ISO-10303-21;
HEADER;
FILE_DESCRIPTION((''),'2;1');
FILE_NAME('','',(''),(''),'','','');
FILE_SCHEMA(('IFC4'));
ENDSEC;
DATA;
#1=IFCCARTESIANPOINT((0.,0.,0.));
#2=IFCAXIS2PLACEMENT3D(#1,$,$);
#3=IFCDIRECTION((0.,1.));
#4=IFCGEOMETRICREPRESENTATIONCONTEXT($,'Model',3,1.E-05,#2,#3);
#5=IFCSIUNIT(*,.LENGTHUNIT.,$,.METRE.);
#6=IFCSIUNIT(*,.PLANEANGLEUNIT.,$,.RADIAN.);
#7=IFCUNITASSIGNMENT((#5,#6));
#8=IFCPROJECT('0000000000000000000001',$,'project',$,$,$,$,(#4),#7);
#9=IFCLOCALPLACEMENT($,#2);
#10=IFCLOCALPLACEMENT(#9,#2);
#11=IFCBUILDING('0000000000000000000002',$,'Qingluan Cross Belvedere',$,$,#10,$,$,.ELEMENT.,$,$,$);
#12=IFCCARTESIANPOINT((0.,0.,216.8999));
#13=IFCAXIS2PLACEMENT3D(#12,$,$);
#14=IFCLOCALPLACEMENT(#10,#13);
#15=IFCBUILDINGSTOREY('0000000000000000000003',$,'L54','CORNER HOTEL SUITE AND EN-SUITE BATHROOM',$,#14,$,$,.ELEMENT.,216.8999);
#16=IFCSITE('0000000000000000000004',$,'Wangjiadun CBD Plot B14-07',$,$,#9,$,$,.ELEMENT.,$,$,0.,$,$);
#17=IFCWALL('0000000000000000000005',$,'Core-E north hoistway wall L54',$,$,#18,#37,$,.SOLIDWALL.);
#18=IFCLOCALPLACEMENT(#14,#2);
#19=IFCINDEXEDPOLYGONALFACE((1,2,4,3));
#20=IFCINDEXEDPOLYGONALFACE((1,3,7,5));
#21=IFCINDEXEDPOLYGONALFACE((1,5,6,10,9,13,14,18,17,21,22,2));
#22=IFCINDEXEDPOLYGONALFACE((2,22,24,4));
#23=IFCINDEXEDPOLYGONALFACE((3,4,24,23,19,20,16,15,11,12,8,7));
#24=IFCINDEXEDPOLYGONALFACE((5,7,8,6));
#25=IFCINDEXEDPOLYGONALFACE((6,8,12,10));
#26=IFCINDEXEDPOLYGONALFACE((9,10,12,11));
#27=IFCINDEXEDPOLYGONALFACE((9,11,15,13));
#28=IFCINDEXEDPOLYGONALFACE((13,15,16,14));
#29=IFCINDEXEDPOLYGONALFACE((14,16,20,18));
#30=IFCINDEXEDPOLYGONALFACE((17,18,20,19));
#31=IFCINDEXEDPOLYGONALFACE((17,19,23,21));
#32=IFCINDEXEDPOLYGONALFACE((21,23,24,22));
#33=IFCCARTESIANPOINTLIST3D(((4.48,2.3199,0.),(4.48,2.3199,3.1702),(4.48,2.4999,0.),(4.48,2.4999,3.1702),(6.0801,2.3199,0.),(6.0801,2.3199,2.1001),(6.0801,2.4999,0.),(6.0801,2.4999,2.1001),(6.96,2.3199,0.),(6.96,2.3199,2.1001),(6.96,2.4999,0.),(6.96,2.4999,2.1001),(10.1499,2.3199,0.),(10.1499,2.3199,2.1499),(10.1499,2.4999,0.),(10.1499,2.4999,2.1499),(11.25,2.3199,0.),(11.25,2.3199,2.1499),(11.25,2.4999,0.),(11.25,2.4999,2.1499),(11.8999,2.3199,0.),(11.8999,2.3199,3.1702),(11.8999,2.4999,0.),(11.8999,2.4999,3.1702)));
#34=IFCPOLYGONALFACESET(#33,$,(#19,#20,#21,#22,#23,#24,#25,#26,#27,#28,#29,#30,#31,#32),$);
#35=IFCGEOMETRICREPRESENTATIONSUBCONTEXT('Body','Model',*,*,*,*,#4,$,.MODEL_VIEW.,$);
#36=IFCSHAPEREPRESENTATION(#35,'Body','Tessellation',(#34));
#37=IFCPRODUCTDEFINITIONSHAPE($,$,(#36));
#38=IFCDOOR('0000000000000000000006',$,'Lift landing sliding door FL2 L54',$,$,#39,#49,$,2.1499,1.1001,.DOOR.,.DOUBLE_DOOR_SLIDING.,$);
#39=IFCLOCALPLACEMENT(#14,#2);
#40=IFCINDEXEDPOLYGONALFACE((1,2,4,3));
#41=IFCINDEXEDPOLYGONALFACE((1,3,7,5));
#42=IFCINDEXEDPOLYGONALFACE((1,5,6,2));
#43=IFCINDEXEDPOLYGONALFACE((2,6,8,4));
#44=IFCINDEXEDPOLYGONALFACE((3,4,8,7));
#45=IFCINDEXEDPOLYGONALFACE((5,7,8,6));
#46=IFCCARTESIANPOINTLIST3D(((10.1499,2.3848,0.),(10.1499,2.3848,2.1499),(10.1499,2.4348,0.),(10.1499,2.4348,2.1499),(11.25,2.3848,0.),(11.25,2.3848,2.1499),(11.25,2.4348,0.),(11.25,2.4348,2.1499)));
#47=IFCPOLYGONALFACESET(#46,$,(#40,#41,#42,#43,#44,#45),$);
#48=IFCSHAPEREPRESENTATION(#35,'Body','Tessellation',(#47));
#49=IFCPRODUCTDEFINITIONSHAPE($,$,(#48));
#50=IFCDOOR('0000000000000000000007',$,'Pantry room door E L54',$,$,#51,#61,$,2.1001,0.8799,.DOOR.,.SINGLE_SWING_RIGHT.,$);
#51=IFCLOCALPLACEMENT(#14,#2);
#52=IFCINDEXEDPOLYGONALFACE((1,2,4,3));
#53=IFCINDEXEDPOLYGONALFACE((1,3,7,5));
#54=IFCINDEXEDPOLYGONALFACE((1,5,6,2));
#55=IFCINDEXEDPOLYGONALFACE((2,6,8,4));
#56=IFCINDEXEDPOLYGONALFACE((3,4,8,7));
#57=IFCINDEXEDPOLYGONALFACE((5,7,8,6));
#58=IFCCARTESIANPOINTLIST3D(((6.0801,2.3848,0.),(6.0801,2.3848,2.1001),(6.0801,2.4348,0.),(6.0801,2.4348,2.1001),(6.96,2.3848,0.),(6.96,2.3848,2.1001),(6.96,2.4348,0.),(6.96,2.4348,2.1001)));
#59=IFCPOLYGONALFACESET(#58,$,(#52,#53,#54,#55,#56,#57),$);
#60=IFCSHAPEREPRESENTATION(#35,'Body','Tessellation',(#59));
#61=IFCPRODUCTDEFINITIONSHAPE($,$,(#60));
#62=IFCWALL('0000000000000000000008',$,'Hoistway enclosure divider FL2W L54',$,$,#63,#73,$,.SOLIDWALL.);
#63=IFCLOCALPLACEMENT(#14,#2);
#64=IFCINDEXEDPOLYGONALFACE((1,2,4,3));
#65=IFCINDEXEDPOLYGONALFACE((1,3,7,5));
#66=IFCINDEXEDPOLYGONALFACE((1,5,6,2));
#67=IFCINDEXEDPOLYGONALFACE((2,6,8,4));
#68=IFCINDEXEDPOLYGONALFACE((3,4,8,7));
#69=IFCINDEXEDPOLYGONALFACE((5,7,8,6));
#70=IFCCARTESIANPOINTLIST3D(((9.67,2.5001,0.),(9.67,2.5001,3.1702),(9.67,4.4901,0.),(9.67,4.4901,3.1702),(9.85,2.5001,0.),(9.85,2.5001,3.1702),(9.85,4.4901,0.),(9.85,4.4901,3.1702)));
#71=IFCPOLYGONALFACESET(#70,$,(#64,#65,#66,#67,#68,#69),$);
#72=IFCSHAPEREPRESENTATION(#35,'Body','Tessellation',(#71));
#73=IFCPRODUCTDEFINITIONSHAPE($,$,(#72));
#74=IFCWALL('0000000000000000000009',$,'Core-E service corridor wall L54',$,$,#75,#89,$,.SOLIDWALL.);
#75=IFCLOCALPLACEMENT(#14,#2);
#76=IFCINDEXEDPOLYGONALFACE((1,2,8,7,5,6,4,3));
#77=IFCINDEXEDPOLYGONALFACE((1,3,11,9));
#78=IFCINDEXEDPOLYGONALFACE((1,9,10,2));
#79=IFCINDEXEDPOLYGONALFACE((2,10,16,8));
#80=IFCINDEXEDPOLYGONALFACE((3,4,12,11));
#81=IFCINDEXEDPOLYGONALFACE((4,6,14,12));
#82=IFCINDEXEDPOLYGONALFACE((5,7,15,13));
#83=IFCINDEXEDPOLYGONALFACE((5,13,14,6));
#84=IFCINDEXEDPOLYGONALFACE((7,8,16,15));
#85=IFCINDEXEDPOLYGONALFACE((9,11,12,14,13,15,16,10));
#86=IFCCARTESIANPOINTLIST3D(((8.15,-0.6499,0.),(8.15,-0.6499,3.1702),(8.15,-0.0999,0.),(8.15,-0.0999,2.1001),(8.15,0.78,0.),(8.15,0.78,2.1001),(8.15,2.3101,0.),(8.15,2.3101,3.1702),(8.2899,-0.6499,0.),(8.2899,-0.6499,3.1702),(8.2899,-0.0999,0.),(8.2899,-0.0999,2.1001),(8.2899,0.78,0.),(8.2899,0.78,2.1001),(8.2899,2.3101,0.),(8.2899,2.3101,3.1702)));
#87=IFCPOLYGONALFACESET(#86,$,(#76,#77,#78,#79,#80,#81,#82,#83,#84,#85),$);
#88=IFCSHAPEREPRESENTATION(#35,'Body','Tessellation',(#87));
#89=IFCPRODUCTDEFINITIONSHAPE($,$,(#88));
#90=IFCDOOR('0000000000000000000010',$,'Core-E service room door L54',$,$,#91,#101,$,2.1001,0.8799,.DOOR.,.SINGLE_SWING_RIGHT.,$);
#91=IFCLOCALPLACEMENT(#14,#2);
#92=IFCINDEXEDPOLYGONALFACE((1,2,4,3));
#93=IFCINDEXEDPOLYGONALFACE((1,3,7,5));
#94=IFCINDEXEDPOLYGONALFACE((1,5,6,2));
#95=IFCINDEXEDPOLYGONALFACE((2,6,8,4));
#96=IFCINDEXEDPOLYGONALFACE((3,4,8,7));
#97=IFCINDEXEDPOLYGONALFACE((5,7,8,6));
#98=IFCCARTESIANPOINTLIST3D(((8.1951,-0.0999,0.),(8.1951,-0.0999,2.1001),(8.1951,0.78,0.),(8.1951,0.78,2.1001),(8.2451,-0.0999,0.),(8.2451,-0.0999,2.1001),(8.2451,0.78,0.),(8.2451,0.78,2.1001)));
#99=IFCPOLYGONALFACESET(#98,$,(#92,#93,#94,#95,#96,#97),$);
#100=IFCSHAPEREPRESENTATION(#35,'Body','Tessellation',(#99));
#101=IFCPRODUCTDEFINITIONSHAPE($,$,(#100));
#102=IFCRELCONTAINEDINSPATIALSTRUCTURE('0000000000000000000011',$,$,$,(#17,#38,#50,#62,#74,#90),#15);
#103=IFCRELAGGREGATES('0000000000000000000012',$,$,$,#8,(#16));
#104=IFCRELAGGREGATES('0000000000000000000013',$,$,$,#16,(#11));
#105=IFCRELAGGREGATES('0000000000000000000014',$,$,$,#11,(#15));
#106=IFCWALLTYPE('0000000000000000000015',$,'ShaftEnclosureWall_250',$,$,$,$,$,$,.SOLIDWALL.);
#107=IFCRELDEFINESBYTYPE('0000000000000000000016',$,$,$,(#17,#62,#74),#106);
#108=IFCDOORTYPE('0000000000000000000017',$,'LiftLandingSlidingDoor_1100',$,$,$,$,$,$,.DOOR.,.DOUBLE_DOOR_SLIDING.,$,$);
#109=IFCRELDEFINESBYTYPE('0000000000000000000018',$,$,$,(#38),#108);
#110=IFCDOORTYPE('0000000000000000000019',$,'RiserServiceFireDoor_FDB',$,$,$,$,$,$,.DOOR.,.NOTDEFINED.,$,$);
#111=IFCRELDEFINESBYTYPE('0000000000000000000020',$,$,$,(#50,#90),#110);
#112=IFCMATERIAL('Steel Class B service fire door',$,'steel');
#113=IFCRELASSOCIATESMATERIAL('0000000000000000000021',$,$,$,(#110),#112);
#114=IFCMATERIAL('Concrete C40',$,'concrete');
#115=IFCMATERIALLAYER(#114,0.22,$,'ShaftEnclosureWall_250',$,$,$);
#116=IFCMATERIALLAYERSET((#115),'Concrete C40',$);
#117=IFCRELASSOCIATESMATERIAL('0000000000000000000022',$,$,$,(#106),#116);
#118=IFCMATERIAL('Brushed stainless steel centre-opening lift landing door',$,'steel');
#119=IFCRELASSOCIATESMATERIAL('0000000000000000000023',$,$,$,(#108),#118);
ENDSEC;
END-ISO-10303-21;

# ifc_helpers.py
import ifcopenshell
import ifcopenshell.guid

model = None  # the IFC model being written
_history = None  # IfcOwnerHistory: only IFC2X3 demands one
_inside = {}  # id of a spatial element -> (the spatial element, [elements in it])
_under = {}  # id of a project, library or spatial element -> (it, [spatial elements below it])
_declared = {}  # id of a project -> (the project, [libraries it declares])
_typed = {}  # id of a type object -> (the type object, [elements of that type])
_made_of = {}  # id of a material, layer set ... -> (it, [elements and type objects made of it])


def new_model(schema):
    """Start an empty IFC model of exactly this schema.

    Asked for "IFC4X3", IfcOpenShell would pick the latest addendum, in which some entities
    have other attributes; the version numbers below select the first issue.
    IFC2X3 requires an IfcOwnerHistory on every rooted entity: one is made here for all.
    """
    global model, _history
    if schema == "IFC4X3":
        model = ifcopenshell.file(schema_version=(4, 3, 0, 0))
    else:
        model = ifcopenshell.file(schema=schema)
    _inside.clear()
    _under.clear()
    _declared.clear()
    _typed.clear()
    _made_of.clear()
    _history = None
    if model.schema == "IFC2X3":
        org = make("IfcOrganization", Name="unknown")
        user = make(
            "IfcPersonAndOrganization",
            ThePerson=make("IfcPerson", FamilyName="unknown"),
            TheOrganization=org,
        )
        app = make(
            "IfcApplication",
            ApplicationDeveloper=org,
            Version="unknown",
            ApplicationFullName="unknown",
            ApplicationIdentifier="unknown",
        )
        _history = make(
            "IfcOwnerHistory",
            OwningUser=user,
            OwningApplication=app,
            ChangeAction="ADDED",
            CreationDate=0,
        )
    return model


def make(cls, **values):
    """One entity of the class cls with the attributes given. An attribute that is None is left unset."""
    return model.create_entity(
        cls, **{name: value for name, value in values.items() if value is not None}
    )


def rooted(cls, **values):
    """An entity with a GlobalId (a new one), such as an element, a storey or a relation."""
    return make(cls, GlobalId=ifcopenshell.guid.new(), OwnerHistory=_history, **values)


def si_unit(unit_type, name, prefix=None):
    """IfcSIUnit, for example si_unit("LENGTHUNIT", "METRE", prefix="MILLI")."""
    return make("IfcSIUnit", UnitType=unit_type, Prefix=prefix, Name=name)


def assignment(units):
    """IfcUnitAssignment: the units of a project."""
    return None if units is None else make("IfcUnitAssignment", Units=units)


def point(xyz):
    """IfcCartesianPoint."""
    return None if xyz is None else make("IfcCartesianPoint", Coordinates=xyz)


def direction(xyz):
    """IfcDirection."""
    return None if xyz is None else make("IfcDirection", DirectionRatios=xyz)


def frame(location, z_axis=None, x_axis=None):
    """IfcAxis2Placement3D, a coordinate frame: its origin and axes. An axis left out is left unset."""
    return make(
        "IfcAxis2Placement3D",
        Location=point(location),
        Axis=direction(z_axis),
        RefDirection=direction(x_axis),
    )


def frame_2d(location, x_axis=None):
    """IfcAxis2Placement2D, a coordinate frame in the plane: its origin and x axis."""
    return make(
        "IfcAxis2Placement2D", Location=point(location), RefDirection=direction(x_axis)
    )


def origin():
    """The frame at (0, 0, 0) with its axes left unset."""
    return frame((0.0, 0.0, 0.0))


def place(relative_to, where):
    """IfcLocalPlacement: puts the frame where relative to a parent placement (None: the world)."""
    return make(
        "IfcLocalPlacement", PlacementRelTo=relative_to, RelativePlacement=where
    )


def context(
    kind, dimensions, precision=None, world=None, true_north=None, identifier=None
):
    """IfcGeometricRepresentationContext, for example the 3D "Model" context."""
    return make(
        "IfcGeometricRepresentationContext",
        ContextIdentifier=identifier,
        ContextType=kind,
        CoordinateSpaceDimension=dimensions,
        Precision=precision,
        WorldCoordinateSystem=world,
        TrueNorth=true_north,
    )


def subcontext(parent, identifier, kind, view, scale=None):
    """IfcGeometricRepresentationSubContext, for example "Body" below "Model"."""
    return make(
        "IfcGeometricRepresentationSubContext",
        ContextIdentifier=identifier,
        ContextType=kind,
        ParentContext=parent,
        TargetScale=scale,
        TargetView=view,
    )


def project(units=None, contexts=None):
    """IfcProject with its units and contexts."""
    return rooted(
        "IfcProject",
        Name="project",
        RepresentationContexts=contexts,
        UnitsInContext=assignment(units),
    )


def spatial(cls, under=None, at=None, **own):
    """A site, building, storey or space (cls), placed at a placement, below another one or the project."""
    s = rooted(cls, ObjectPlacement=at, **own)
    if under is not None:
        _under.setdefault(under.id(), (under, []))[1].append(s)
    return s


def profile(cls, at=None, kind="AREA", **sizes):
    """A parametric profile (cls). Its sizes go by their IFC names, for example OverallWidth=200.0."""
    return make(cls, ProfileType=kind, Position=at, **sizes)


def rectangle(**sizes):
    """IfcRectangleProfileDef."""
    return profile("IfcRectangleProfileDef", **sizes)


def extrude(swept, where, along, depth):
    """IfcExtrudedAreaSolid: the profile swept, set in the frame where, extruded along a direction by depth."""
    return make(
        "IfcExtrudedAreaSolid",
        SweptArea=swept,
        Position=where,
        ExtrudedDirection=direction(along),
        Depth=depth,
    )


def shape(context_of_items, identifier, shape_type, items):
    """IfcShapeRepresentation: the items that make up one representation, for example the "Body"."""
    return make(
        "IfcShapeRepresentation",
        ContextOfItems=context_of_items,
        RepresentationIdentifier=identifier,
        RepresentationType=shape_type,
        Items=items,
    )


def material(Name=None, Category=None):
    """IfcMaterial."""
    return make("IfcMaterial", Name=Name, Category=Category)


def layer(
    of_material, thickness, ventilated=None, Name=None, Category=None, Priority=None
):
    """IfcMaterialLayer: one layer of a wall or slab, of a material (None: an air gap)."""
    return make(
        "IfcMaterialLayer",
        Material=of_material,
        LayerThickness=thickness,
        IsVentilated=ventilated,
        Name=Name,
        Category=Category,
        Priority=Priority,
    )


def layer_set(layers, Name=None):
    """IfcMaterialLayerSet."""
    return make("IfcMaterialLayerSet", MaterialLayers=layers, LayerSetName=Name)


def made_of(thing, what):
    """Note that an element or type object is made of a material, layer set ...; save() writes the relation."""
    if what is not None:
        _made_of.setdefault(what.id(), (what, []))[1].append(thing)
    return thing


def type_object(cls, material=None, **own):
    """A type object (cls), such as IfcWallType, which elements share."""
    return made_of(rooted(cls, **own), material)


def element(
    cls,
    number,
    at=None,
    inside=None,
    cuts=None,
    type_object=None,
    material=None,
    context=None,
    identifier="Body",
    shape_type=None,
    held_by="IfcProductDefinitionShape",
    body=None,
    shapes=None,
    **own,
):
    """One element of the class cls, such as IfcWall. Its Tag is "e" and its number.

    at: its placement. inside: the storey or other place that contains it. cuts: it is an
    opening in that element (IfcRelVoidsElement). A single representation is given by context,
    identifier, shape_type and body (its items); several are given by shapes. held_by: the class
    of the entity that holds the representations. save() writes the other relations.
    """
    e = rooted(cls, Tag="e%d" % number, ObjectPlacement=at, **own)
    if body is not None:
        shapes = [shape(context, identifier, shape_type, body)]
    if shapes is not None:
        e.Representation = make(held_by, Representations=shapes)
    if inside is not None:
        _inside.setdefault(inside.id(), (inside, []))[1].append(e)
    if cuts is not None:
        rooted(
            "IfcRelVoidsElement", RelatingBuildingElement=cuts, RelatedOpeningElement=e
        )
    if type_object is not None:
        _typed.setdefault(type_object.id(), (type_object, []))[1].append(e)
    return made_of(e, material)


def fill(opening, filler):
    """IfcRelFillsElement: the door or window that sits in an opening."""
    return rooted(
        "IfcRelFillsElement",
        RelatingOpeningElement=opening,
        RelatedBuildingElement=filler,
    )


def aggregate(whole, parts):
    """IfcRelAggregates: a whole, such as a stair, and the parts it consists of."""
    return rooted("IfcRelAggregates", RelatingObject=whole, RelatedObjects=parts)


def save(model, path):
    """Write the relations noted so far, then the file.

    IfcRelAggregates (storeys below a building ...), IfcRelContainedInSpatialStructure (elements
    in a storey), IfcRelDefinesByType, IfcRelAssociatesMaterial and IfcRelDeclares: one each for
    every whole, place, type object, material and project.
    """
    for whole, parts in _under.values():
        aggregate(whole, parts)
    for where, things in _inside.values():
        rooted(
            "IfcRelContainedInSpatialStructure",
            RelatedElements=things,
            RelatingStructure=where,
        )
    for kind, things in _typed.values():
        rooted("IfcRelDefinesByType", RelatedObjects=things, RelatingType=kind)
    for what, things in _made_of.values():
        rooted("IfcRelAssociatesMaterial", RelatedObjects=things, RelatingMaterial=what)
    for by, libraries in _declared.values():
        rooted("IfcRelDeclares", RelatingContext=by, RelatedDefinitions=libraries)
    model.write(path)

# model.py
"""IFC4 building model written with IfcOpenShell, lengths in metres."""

from ifc_helpers import new_model, si_unit, direction, frame, frame_2d, origin, place, context, subcontext, project, spatial, rectangle, extrude, material, layer, layer_set, type_object, element, fill, save


model = new_model("IFC4")

# Units and contexts
model_context = context("Model", 3, precision=1e-05, world=origin(), true_north=direction((0.0, 1.0)))
body_context = subcontext(model_context, "Body", "Model", "MODEL_VIEW")
ifc_project = project(units=[si_unit("LENGTHUNIT", "METRE"), si_unit("PLANEANGLEUNIT", "RADIAN")], contexts=[model_context])

# Site, building, storey
site_placement = place(None, origin())
site = spatial("IfcSite", under=ifc_project, at=site_placement, Name="Wangjiadun CBD Plot B14-07", CompositionType="ELEMENT", RefElevation=0.0)
building_placement = place(site_placement, origin())
building = spatial("IfcBuilding", under=site, at=building_placement, Name="Qingluan Cross Belvedere", CompositionType="ELEMENT")
storey_placement = place(building_placement, frame((0.0, 0.0, 216.8999)))
storey = spatial("IfcBuildingStorey", under=building, at=storey_placement, Name="L54", Description="CORNER HOTEL SUITE AND EN-SUITE BATHROOM", CompositionType="ELEMENT", Elevation=216.8999)

# Shared definitions
ifc_material_1 = material(Name="Steel Class B service fire door", Category="steel")
door_type_1 = type_object("IfcDoorType", Name="RiserServiceFireDoor_FDB", OperationType="NOTDEFINED", PredefinedType="DOOR", material=ifc_material_1)

# Wall, openings, doors
ifc_material_2 = material(Name="Concrete C40", Category="concrete")
ifc_layer_1 = layer(ifc_material_2, 0.22, Name="ShaftEnclosureWall_250")
ifc_layer_set_1 = layer_set([ifc_layer_1], Name="Concrete C40")
wall_type_1 = type_object("IfcWallType", Name="ShaftEnclosureWall_250", PredefinedType="SOLIDWALL", material=ifc_layer_set_1)
wall_1_placement = place(storey_placement, frame((4.48, 2.4099, 0.0), z_axis=(0.0, 0.0, 1.0), x_axis=(1.0, 0.0, 0.0)))
wall_1 = element("IfcWall", 1, at=wall_1_placement, inside=storey, type_object=wall_type_1, Name="Core-E north hoistway wall L54", PredefinedType="SOLIDWALL", context=body_context, shape_type="SweptSolid", body=[
    extrude(rectangle(XDim=7.4199, YDim=0.1799, at=frame_2d((3.71, 0.0))), origin(), (0.0, 0.0, 1.0), 3.1702),
])
opening_1_placement = place(wall_1_placement, frame((5.6699, 0.0, 0.0)))
opening_1 = element("IfcOpeningElement", 2, at=opening_1_placement, cuts=wall_1, PredefinedType="OPENING", context=body_context, shape_type="SweptSolid", body=[
    extrude(rectangle(XDim=1.1001, YDim=2.1499, at=frame_2d((0.55, 1.075))), frame((0.0, 0.0999, 0.0), z_axis=(0.0, -1.0, 0.0), x_axis=(1.0, 0.0, 0.0)), (0.0, 0.0, 1.0), 0.2),
])
opening_2_placement = place(wall_1_placement, frame((1.6001, 0.0, 0.0)))
opening_2 = element("IfcOpeningElement", 3, at=opening_2_placement, cuts=wall_1, PredefinedType="OPENING", context=body_context, shape_type="SweptSolid", body=[
    extrude(rectangle(XDim=0.8799, YDim=2.1001, at=frame_2d((0.4399, 1.05))), frame((0.0, 0.0999, 0.0), z_axis=(0.0, -1.0, 0.0), x_axis=(1.0, 0.0, 0.0)), (0.0, 0.0, 1.0), 0.2),
])
ifc_material_3 = material(Name="Brushed stainless steel centre-opening lift landing door", Category="steel")
door_type_2 = type_object("IfcDoorType", Name="LiftLandingSlidingDoor_1100", OperationType="DOUBLE_DOOR_SLIDING", PredefinedType="DOOR", material=ifc_material_3)
door_1_placement = place(opening_1_placement, origin())
door_1 = element("IfcDoor", 4, at=door_1_placement, inside=storey, type_object=door_type_2, Name="Lift landing sliding door FL2 L54", OperationType="DOUBLE_DOOR_SLIDING", OverallHeight=2.1499, OverallWidth=1.1001, PredefinedType="DOOR", context=body_context, shape_type="SweptSolid", body=[
    extrude(rectangle(XDim=1.1001, YDim=2.1499, at=frame_2d((0.55, 1.075))), frame((0.0, 0.0249, 0.0), z_axis=(0.0, -1.0, 0.0), x_axis=(1.0, 0.0, 0.0)), (0.0, 0.0, 1.0), 0.05),
])
fill(opening_1, door_1)
door_2_placement = place(opening_2_placement, origin())
door_2 = element("IfcDoor", 5, at=door_2_placement, inside=storey, type_object=door_type_1, Name="Pantry room door E L54", OperationType="SINGLE_SWING_RIGHT", OverallHeight=2.1001, OverallWidth=0.8799, PredefinedType="DOOR", context=body_context, shape_type="SweptSolid", body=[
    extrude(rectangle(XDim=0.8799, YDim=2.1001, at=frame_2d((0.4399, 1.05))), frame((0.0, 0.0249, 0.0), z_axis=(0.0, -1.0, 0.0), x_axis=(1.0, 0.0, 0.0)), (0.0, 0.0, 1.0), 0.05),
])
fill(opening_2, door_2)

# Wall
wall_2_placement = place(storey_placement, frame((9.76, 2.5, 0.0), z_axis=(0.0, 0.0, 1.0), x_axis=(0.0, 1.0, 0.0)))
element("IfcWall", 6, at=wall_2_placement, inside=storey, type_object=wall_type_1, Name="Hoistway enclosure divider FL2W L54", PredefinedType="SOLIDWALL", context=body_context, shape_type="SweptSolid", body=[
    extrude(rectangle(XDim=1.99, YDim=0.1799, at=frame_2d((0.9951, 0.0))), origin(), (0.0, 0.0, 1.0), 3.1702),
])

# Wall, opening, door
wall_3_placement = place(storey_placement, frame((8.22, -0.6499, 0.0), z_axis=(0.0, 0.0, 1.0), x_axis=(0.0, 1.0, 0.0)))
wall_3 = element("IfcWall", 7, at=wall_3_placement, inside=storey, type_object=wall_type_1, Name="Core-E service corridor wall L54", PredefinedType="SOLIDWALL", context=body_context, shape_type="SweptSolid", body=[
    extrude(rectangle(XDim=2.96, YDim=0.1399, at=frame_2d((1.48, 0.0))), origin(), (0.0, 0.0, 1.0), 3.1702),
])
opening_3_placement = place(wall_3_placement, frame((0.55, 0.0, 0.0)))
opening_3 = element("IfcOpeningElement", 8, at=opening_3_placement, cuts=wall_3, PredefinedType="OPENING", context=body_context, shape_type="SweptSolid", body=[
    extrude(rectangle(XDim=0.8799, YDim=2.1001, at=frame_2d((0.4399, 1.05))), frame((0.0, 0.0798, 0.0), z_axis=(0.0, -1.0, 0.0), x_axis=(1.0, 0.0, 0.0)), (0.0, 0.0, 1.0), 0.1599),
])
door_3_placement = place(opening_3_placement, origin())
door_3 = element("IfcDoor", 9, at=door_3_placement, inside=storey, type_object=door_type_1, Name="Core-E service room door L54", OperationType="SINGLE_SWING_RIGHT", OverallHeight=2.1001, OverallWidth=0.8799, PredefinedType="DOOR", context=body_context, shape_type="SweptSolid", body=[
    extrude(rectangle(XDim=0.8799, YDim=2.1001, at=frame_2d((0.4399, 1.05))), frame((0.0, 0.0249, 0.0), z_axis=(0.0, -1.0, 0.0), x_axis=(1.0, 0.0, 0.0)), (0.0, 0.0, 1.0), 0.05),
])
fill(opening_3, door_3)

save(model, "model.ifc")
